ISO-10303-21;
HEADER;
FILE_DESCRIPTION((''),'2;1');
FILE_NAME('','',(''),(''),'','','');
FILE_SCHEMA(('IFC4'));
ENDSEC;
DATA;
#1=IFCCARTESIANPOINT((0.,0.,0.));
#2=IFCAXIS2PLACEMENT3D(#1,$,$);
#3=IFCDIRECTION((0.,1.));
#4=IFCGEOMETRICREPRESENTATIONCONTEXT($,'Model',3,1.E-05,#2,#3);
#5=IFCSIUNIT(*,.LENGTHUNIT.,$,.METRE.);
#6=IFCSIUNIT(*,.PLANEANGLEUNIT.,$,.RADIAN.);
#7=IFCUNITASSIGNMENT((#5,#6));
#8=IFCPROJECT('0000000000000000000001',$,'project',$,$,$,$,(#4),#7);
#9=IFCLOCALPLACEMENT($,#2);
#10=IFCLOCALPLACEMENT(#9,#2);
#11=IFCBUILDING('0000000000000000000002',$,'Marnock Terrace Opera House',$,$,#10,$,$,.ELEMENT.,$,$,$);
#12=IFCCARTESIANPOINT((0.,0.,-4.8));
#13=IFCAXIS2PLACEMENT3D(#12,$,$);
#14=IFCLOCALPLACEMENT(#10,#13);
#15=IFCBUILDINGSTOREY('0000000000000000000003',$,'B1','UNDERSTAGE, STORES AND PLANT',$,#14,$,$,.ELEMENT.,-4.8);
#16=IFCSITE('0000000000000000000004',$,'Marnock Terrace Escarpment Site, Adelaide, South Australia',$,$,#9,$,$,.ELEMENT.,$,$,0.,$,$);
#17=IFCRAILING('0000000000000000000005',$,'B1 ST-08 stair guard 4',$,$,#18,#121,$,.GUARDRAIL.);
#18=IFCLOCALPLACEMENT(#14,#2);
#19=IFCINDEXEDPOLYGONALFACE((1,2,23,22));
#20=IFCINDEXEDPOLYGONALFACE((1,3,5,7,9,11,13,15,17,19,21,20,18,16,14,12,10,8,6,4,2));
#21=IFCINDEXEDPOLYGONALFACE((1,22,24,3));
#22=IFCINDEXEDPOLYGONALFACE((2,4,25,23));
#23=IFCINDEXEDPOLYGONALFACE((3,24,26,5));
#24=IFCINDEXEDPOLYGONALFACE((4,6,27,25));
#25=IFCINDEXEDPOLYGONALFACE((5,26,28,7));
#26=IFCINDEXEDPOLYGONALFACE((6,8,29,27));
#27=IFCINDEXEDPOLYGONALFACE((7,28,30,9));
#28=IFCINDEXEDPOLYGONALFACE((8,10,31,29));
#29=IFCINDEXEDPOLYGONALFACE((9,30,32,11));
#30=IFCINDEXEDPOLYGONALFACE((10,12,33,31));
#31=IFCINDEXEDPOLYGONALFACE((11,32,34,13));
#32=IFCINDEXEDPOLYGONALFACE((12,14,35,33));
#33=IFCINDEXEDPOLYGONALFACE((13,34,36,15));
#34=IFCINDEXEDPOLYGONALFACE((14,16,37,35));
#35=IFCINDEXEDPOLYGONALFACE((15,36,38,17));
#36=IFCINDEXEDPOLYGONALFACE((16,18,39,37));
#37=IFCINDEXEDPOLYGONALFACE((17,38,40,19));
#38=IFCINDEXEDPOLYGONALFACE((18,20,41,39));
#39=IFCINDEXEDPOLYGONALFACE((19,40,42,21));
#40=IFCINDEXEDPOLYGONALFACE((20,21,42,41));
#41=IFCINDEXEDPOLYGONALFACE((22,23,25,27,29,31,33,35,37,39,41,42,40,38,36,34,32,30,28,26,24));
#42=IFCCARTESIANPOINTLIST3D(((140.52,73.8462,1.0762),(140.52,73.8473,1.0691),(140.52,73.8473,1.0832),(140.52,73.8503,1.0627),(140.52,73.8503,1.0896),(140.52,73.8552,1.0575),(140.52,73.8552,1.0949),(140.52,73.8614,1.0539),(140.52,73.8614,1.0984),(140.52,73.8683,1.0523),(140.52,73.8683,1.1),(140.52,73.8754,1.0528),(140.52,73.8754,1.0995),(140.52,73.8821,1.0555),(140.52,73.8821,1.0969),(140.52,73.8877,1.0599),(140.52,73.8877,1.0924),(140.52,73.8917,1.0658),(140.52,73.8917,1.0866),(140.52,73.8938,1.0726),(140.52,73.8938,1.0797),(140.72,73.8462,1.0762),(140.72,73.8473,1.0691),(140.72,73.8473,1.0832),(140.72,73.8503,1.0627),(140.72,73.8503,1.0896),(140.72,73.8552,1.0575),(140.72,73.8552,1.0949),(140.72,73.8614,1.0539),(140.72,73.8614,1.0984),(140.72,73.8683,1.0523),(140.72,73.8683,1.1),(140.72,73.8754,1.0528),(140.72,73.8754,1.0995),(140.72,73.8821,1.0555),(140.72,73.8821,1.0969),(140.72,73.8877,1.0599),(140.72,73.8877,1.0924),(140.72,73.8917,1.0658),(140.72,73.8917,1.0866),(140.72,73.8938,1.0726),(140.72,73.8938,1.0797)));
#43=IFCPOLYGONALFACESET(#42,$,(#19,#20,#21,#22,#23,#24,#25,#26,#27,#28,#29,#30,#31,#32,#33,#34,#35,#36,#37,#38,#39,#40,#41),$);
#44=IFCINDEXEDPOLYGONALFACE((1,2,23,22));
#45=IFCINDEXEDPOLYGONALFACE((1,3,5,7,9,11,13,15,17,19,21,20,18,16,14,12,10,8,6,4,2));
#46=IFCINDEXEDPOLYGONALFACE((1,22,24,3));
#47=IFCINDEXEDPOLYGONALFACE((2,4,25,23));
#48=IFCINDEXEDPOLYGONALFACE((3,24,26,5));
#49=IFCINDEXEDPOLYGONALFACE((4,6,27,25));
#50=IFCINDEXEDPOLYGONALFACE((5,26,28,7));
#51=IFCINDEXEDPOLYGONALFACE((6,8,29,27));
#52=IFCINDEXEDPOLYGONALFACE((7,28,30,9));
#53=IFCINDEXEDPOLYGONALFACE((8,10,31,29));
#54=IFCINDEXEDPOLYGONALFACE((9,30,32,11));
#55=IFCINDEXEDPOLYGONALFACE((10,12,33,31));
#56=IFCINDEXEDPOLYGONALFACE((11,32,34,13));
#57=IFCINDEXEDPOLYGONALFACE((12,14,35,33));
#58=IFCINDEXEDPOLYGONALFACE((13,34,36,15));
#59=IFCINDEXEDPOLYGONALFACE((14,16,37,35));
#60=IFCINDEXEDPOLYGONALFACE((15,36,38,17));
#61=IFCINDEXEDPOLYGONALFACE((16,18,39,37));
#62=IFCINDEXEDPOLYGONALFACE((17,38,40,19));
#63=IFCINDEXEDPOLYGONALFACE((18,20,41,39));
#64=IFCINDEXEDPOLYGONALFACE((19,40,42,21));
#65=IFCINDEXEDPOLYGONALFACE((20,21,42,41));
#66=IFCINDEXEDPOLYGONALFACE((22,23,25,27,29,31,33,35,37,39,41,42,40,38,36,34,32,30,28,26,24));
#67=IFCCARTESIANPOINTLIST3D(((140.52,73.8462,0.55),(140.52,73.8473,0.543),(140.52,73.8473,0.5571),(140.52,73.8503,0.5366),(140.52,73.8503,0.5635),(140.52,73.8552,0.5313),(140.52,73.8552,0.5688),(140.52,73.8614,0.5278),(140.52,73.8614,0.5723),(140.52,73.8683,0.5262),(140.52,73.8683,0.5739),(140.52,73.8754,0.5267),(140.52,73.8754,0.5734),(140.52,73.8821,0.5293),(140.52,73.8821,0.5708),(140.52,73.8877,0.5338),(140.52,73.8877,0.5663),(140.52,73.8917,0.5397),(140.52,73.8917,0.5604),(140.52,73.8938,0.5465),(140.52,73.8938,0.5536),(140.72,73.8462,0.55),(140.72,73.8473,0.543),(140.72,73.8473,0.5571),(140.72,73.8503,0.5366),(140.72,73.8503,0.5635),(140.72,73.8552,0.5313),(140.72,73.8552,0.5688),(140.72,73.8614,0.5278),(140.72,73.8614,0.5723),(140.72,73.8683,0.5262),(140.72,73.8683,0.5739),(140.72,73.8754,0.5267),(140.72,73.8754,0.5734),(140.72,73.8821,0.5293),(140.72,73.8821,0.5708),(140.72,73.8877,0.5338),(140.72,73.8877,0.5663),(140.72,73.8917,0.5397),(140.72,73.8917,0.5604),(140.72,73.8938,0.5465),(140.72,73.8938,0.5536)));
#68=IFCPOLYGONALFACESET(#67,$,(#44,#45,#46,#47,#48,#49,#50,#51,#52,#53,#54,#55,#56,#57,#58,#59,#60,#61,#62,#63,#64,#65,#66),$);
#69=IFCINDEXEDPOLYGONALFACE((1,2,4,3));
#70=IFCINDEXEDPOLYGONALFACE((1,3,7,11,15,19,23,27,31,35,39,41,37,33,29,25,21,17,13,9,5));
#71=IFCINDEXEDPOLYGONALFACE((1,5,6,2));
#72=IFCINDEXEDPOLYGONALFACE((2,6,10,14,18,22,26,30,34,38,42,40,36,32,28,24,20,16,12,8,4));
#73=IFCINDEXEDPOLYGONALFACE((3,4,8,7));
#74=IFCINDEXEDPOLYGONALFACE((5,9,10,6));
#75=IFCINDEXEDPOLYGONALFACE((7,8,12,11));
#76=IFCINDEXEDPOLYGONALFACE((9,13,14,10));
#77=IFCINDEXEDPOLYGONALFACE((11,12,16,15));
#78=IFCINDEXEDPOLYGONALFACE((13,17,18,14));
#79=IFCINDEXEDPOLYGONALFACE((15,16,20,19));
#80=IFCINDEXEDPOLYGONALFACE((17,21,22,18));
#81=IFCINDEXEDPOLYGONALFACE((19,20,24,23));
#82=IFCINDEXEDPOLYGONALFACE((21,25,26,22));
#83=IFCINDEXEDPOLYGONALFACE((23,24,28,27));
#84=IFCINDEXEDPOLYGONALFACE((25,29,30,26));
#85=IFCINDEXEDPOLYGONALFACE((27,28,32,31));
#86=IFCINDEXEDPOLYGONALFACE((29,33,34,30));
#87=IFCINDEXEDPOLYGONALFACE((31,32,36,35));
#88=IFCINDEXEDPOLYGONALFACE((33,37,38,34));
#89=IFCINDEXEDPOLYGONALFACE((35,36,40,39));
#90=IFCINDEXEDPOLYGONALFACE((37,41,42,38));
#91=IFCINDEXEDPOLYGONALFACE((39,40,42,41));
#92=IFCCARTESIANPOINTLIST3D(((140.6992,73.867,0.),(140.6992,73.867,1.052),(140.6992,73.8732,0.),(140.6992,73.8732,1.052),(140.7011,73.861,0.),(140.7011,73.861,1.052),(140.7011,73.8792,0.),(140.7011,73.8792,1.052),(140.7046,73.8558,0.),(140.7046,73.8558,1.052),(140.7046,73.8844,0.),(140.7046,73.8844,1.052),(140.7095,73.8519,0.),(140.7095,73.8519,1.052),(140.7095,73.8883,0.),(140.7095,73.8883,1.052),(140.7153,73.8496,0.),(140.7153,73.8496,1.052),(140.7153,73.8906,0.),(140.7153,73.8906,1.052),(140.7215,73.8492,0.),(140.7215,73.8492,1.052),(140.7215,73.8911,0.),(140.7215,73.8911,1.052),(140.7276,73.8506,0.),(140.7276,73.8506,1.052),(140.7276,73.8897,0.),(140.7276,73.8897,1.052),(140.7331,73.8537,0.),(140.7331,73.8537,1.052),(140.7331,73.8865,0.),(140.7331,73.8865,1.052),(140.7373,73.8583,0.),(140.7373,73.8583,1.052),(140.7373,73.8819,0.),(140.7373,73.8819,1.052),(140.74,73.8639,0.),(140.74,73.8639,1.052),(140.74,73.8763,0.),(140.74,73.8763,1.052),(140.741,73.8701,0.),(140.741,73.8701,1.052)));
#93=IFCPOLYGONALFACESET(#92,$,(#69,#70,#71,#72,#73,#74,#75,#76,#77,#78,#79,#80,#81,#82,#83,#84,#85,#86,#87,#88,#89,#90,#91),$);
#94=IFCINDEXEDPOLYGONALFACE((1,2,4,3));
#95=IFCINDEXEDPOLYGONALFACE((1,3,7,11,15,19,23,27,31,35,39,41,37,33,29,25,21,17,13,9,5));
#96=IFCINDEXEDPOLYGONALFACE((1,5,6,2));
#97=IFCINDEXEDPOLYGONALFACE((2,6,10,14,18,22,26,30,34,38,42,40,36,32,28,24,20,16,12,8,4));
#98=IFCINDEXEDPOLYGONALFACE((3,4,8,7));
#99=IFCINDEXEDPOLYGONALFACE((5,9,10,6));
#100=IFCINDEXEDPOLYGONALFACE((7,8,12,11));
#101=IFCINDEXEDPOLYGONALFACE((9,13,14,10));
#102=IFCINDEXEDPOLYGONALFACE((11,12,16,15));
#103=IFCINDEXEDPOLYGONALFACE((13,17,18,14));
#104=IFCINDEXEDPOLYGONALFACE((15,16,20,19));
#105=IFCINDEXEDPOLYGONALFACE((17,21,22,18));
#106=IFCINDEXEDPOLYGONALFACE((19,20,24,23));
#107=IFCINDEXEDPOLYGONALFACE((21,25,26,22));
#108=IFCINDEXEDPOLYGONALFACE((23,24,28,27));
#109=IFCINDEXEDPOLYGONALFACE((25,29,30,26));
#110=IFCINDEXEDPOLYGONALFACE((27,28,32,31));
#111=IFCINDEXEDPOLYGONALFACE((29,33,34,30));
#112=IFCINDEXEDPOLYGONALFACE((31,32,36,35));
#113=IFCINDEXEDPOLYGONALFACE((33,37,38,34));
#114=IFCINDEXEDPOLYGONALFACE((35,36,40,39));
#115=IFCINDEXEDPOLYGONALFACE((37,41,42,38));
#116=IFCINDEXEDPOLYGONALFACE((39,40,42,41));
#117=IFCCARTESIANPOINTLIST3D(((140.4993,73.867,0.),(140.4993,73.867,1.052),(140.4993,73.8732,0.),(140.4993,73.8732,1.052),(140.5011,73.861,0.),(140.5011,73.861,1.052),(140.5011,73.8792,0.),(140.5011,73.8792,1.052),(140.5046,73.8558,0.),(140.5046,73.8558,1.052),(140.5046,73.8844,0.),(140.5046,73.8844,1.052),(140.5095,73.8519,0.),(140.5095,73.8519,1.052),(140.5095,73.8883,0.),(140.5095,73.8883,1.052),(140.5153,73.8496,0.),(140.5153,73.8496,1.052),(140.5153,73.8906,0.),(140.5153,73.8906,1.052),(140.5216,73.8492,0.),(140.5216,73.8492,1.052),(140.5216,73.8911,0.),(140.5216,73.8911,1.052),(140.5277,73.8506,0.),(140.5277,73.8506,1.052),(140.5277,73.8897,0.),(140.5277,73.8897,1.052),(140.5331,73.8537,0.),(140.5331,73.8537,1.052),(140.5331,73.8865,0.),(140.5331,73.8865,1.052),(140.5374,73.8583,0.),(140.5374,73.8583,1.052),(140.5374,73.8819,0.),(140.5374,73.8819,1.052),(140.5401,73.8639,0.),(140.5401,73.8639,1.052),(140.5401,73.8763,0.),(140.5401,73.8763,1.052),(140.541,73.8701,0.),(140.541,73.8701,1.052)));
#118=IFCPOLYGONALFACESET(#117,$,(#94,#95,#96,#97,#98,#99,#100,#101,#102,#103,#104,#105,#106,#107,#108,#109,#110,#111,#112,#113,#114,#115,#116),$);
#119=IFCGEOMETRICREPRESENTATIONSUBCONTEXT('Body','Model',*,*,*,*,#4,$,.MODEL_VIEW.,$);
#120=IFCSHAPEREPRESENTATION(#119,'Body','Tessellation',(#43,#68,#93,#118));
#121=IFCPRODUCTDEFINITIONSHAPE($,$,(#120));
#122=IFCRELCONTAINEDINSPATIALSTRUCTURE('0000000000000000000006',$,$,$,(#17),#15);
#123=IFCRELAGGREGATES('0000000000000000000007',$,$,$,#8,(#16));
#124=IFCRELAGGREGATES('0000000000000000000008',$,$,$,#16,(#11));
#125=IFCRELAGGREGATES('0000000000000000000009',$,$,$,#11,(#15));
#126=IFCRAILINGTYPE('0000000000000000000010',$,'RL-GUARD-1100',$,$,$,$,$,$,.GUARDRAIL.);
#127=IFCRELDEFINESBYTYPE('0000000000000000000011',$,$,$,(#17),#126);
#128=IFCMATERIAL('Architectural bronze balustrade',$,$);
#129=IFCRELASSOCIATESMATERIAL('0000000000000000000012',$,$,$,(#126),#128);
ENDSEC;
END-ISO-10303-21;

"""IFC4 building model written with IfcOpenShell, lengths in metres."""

from ifc_helpers import new_model, si_unit, direction, frame, origin, origin_2d, place, context, subcontext, project, spatial, circle, extrude, material, type_object, element, save


model = new_model("IFC4")

# Units and contexts
model_context = context("Model", 3, precision=1e-05, world=origin(), true_north=direction((0.0, 1.0)))
body_context = subcontext(model_context, "Body", "Model", "MODEL_VIEW")
ifc_project = project(units=[si_unit("LENGTHUNIT", "METRE"), si_unit("PLANEANGLEUNIT", "RADIAN")], contexts=[model_context])

# Site, building, storey
site_placement = place(None, origin())
site = spatial("IfcSite", under=ifc_project, at=site_placement, Name="Marnock Terrace Escarpment Site, Adelaide, South Australia", CompositionType="ELEMENT", RefElevation=0.0)
building_placement = place(site_placement, origin())
building = spatial("IfcBuilding", under=site, at=building_placement, Name="Marnock Terrace Opera House", CompositionType="ELEMENT")
storey_placement = place(building_placement, frame((0.0, 0.0, -4.8)))
storey = spatial("IfcBuildingStorey", under=building, at=storey_placement, Name="B1", Description="UNDERSTAGE, STORES AND PLANT", CompositionType="ELEMENT", Elevation=-4.8)

# Railing
ifc_material_1 = material(Name="Architectural bronze balustrade")
railing_type_1 = type_object("IfcRailingType", Name="RL-GUARD-1100", PredefinedType="GUARDRAIL", material=ifc_material_1)
railing_1_placement = place(storey_placement, frame((140.72, 73.8701, 0.0)))
element("IfcRailing", 1, at=railing_1_placement, inside=storey, type_object=railing_type_1, Name="B1 ST-08 stair guard 4", PredefinedType="GUARDRAIL", context=body_context, shape_type="SweptSolid", body=[
    extrude(circle(Radius=0.0239, at=origin_2d()), frame((0.0, 0.0, 1.0762), z_axis=(-1.0, 0.0, 0.0), x_axis=(0.0, -1.0, 0.0)), (0.0, 0.0, 1.0), 0.2),
    extrude(circle(Radius=0.0239, at=origin_2d()), frame((0.0, 0.0, 0.55), z_axis=(-1.0, 0.0, 0.0), x_axis=(0.0, -1.0, 0.0)), (0.0, 0.0, 1.0), 0.2),
    extrude(circle(Radius=0.021, at=origin_2d()), origin(), (0.0, 0.0, 1.0), 1.052),
    extrude(circle(Radius=0.021, at=origin_2d()), frame((-0.2, 0.0, 0.0)), (0.0, 0.0, 1.0), 1.052),
])

save(model, "model.ifc")
